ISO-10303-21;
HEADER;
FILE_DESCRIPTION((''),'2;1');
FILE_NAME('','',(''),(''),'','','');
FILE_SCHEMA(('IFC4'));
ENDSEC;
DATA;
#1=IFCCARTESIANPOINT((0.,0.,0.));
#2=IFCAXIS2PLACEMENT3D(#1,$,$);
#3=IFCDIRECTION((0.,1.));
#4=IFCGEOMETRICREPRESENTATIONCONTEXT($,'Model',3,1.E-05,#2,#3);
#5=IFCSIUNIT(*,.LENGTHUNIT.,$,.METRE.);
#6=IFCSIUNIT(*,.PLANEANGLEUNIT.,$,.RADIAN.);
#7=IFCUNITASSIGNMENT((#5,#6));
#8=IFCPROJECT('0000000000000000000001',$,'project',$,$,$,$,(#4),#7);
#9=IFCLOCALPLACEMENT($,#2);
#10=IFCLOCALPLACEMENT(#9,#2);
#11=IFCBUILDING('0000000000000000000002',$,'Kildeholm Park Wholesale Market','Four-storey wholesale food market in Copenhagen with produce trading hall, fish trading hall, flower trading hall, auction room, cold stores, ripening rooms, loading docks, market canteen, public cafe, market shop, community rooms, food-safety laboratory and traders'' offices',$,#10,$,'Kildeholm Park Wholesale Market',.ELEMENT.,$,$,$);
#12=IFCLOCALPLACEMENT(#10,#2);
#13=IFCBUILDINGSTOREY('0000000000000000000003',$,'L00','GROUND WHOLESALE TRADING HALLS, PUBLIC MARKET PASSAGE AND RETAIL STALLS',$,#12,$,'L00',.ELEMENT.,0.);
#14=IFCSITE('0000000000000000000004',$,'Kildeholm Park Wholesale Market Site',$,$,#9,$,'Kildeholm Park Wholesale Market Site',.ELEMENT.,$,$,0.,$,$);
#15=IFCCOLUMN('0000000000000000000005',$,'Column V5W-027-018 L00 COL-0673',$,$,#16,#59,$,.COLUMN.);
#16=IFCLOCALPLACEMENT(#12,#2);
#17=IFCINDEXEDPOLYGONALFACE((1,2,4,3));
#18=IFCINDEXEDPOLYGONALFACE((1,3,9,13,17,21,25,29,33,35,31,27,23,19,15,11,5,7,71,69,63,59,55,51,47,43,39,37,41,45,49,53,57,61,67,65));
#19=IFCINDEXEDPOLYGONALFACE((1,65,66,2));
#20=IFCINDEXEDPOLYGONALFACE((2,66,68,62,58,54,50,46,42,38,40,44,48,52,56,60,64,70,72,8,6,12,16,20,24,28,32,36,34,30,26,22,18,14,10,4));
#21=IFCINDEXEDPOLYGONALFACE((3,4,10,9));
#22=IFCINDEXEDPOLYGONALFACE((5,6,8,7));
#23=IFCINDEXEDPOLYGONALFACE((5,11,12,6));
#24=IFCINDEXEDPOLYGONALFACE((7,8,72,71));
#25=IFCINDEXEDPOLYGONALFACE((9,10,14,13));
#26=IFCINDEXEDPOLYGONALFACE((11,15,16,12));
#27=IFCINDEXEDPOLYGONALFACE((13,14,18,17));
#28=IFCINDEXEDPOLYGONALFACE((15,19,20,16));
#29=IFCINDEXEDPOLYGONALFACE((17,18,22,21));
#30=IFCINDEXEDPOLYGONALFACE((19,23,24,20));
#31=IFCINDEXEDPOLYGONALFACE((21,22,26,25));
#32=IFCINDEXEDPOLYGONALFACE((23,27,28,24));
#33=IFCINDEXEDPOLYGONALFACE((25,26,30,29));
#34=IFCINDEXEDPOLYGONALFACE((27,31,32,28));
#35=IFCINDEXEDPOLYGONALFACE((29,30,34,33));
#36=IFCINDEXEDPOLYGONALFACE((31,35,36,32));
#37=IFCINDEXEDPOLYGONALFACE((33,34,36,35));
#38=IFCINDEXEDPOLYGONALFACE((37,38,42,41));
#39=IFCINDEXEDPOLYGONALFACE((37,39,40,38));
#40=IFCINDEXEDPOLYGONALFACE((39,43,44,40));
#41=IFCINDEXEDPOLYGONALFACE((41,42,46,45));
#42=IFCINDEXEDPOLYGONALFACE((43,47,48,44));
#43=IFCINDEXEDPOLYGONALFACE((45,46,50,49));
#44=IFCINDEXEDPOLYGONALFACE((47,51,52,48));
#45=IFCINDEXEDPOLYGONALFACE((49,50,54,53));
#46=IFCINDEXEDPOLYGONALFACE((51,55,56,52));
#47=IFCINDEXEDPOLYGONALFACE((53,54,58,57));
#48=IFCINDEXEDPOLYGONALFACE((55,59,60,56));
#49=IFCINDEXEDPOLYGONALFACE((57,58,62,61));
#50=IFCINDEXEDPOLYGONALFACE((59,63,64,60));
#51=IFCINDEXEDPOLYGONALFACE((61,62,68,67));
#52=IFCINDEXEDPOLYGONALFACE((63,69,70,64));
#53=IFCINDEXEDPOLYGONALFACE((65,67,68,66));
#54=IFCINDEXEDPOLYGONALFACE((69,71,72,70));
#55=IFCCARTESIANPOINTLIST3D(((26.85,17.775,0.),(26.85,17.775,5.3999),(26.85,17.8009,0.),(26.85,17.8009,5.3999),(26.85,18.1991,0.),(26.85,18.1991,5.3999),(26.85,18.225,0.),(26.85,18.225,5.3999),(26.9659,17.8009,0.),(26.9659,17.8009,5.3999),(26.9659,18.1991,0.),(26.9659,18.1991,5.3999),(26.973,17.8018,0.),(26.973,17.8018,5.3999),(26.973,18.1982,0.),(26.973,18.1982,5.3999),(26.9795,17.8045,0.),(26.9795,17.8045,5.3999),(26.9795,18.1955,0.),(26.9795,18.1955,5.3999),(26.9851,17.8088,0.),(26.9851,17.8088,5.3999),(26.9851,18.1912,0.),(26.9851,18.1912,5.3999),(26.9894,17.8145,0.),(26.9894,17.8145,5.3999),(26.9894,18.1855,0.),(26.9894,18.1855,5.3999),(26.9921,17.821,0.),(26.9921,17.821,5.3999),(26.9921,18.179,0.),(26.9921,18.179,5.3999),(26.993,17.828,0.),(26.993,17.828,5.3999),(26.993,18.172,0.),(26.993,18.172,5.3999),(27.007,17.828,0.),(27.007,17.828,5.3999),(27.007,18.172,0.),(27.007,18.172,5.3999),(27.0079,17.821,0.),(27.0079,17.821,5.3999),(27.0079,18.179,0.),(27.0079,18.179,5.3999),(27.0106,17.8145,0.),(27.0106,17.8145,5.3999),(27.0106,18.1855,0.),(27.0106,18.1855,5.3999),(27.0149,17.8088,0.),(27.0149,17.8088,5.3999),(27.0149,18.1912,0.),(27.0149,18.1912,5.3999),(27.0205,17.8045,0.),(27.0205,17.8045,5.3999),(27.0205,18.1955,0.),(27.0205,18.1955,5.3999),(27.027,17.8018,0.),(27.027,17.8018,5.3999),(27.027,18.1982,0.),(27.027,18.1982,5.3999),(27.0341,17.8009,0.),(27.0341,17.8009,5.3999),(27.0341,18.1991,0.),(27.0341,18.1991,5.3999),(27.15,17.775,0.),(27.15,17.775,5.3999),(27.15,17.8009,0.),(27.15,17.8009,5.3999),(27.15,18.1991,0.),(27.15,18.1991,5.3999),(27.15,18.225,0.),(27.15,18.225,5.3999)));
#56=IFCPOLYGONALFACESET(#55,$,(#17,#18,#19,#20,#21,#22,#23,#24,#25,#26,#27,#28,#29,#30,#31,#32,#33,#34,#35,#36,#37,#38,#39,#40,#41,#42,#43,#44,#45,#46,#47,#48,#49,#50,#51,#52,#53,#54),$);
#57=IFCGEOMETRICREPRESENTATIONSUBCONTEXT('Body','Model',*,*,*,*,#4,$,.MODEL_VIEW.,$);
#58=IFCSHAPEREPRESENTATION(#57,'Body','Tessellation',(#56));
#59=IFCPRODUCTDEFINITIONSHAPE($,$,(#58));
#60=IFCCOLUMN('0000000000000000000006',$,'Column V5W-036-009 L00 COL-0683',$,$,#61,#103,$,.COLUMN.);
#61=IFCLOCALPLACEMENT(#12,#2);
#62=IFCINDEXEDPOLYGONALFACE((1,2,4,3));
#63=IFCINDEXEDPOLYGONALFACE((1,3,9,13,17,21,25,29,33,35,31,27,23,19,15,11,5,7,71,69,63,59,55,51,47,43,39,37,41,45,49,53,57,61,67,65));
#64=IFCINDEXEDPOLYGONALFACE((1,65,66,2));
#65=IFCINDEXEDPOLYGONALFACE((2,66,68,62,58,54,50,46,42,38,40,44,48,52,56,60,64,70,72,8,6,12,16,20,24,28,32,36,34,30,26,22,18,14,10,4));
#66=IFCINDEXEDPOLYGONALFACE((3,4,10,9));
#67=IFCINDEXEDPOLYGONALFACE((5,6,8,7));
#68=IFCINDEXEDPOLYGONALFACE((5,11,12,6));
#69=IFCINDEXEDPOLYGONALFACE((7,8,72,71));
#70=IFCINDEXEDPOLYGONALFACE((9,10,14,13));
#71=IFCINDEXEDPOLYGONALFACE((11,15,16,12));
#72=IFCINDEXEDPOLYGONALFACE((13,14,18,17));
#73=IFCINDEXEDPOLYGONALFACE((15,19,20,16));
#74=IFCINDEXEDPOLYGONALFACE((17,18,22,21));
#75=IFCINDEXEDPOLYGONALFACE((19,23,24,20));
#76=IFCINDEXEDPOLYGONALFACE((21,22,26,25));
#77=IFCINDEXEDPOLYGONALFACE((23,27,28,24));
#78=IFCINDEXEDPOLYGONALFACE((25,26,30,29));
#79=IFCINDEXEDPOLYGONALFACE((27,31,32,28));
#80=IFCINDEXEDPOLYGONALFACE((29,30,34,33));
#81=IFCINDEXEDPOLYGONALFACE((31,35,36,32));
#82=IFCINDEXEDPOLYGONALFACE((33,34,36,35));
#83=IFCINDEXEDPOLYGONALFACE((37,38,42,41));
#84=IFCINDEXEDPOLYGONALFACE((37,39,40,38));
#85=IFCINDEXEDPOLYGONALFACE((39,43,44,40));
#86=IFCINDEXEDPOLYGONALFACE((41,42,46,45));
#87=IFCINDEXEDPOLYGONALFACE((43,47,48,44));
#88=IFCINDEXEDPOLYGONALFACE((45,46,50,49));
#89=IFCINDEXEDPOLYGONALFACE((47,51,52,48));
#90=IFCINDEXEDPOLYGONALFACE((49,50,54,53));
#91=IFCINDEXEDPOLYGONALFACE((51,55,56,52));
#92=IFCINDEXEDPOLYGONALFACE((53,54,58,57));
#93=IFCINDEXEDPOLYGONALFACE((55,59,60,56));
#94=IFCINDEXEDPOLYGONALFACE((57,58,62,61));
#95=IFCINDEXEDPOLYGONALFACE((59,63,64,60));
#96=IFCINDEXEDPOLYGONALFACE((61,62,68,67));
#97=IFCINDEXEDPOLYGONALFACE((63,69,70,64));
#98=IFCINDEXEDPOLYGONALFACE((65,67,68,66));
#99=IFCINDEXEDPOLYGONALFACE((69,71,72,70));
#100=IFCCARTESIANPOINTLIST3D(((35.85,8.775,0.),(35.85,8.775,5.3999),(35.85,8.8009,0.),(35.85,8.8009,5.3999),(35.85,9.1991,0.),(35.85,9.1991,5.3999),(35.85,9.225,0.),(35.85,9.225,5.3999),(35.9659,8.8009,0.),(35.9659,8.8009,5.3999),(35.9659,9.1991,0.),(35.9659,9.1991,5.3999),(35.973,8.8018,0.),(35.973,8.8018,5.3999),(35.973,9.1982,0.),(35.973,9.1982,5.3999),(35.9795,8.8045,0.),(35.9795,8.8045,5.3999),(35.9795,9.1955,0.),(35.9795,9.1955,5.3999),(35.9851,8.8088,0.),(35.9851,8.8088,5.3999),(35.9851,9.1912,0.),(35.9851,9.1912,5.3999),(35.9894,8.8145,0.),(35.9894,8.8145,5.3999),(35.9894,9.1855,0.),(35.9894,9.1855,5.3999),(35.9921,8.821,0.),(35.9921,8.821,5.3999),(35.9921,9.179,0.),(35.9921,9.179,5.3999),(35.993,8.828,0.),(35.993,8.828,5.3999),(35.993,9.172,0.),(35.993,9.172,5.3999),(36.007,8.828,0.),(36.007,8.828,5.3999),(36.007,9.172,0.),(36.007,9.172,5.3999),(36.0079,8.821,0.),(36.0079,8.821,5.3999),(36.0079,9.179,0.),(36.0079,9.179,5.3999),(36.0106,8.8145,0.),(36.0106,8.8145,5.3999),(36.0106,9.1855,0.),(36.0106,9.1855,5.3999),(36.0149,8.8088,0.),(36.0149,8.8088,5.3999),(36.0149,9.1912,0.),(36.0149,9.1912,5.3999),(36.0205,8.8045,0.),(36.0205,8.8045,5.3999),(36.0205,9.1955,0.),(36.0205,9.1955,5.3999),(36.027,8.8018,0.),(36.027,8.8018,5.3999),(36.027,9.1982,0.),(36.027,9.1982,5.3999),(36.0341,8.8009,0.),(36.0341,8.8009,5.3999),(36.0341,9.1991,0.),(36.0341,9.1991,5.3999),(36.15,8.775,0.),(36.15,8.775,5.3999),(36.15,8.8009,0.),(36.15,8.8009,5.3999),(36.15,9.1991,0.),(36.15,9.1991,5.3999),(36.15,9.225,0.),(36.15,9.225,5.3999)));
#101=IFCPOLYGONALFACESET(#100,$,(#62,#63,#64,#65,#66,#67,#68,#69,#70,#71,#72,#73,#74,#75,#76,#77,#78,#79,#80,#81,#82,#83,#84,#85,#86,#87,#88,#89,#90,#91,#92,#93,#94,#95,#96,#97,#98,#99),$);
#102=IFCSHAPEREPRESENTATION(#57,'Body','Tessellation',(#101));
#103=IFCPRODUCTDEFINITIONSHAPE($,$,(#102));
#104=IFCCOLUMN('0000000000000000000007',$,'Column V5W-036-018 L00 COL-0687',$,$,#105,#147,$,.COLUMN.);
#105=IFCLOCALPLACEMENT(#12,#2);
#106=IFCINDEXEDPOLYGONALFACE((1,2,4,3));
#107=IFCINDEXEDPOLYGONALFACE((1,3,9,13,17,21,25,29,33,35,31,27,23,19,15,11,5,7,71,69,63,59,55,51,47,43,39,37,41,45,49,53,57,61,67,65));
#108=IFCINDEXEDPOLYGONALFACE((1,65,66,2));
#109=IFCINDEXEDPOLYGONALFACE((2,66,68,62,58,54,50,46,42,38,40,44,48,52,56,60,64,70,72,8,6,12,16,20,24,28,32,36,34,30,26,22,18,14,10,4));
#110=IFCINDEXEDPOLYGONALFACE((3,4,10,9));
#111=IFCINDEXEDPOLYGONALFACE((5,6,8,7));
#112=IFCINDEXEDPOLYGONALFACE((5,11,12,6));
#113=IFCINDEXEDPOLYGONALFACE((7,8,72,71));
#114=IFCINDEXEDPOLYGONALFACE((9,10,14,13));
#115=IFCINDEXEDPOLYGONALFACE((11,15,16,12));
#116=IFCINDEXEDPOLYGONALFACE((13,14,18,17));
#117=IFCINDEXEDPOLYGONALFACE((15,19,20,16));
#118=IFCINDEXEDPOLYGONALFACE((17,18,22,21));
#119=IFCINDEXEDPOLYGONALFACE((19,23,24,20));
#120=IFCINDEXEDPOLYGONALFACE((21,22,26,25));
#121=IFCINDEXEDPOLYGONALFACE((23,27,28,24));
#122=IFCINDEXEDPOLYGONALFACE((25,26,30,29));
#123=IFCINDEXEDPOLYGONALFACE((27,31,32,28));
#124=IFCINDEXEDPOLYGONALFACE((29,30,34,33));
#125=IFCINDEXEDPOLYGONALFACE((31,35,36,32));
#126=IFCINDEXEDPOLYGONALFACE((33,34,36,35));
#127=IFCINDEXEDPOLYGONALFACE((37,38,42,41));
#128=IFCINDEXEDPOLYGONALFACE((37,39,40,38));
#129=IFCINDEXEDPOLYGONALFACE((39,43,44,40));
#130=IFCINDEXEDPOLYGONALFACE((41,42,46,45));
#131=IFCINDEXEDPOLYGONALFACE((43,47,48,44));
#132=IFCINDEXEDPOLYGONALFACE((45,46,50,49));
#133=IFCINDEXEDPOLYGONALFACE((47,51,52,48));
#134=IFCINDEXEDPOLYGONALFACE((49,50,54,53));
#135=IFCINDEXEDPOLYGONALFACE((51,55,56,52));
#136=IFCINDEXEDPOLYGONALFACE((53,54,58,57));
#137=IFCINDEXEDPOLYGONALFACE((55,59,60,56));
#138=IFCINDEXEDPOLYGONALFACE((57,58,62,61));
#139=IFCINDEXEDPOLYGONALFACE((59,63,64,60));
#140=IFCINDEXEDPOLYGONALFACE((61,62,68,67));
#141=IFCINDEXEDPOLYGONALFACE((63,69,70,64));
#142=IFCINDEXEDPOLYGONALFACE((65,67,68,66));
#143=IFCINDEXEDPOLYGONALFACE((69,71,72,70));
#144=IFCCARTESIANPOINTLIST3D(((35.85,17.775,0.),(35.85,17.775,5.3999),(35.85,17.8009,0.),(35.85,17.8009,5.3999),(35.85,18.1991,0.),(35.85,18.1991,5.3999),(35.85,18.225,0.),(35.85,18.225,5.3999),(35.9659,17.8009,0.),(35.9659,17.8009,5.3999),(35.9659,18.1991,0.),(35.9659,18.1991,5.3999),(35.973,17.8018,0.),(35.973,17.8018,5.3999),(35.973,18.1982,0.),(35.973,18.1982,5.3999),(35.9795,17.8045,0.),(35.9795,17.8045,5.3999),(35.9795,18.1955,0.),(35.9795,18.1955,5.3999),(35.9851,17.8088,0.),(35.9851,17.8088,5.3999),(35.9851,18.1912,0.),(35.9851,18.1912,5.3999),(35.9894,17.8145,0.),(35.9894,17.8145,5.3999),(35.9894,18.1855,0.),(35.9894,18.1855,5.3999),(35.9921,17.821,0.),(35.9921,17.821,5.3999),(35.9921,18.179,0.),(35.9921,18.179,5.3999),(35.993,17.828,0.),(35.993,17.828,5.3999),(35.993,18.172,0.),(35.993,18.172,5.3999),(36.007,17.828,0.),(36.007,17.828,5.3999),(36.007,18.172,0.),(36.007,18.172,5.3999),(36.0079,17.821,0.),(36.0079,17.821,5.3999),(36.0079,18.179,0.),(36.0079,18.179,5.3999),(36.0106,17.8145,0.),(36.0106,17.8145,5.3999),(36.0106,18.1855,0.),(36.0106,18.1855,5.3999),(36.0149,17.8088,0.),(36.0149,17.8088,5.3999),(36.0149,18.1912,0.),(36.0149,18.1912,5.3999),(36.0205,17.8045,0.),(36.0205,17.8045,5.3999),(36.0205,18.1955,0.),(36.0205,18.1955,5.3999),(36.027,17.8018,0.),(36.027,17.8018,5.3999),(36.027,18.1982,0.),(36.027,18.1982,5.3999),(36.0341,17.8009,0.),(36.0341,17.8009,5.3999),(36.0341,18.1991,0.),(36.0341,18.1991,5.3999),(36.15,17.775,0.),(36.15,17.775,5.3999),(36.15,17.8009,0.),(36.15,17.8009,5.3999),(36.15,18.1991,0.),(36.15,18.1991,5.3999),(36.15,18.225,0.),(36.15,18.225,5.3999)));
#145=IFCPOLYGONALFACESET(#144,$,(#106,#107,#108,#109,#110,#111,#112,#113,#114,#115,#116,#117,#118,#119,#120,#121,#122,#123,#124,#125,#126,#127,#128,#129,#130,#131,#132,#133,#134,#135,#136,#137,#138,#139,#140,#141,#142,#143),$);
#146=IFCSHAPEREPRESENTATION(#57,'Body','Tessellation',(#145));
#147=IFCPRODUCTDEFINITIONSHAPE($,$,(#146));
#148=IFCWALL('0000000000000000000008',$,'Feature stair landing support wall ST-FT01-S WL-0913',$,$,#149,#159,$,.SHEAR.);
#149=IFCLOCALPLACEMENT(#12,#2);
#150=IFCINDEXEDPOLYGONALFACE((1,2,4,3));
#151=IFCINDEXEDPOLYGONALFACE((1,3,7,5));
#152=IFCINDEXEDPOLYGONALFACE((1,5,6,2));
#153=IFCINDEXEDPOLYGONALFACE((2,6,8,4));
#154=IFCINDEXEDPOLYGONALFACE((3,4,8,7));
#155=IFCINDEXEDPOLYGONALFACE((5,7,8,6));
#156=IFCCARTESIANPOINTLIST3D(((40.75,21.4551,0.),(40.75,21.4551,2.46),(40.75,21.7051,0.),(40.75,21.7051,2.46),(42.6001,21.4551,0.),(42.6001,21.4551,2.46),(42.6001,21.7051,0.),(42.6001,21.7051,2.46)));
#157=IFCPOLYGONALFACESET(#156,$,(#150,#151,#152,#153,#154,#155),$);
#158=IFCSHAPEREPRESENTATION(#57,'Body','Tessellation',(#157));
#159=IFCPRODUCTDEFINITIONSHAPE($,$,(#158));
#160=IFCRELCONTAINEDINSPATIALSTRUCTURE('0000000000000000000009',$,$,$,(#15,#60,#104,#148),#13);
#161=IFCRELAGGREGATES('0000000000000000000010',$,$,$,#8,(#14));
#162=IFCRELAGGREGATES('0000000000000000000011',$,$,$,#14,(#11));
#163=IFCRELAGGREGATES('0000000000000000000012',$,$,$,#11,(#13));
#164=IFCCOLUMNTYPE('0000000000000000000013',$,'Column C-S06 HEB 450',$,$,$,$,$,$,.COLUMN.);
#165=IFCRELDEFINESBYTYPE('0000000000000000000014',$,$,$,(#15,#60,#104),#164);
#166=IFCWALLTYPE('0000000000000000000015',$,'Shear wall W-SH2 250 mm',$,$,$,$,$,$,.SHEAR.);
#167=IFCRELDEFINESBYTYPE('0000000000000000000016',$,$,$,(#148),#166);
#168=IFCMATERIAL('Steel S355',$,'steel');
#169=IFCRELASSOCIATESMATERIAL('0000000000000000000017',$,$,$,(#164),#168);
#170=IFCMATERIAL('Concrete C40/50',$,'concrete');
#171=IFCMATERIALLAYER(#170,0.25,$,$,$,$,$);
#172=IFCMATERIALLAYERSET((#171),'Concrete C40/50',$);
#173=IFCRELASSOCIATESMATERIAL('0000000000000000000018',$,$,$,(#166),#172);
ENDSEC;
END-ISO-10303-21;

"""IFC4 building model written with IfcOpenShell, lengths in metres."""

from ifc_helpers import new_model, si_unit, direction, frame, frame_2d, origin, origin_2d, place, context, subcontext, project, spatial, rectangle, i_section, extrude, material, layer, layer_set, material_profile, profile_set, type_object, element, save


model = new_model("IFC4")

# Units and contexts
model_context = context("Model", 3, precision=1e-05, world=origin(), true_north=direction((0.0, 1.0)))
body_context = subcontext(model_context, "Body", "Model", "MODEL_VIEW")
ifc_project = project(units=[si_unit("LENGTHUNIT", "METRE"), si_unit("PLANEANGLEUNIT", "RADIAN")], contexts=[model_context])

# Site, building, storey
site_placement = place(None, origin())
site = spatial("IfcSite", under=ifc_project, at=site_placement, Name="Kildeholm Park Wholesale Market Site", LongName="Kildeholm Park Wholesale Market Site", CompositionType="ELEMENT", RefElevation=0.0)
building_placement = place(site_placement, origin())
building = spatial("IfcBuilding", under=site, at=building_placement, Name="Kildeholm Park Wholesale Market", Description="Four-storey wholesale food market in Copenhagen with produce trading hall, fish trading hall, flower trading hall, auction room, cold stores, ripening rooms, loading docks, market canteen, public cafe, market shop, community rooms, food-safety laboratory and traders' offices", LongName="Kildeholm Park Wholesale Market", CompositionType="ELEMENT")
storey_placement = place(building_placement, origin())
storey = spatial("IfcBuildingStorey", under=building, at=storey_placement, Name="L00", Description="GROUND WHOLESALE TRADING HALLS, PUBLIC MARKET PASSAGE AND RETAIL STALLS", LongName="L00", CompositionType="ELEMENT", Elevation=0.0)

# Columns
ifc_material_1 = material(Name="Steel S355", Category="steel")
ifc_material_profile_1 = material_profile(ifc_material_1, i_section(OverallWidth=0.3, OverallDepth=0.45, WebThickness=0.0139, FlangeThickness=0.0259, FilletRadius=0.0271, at=origin_2d()), Name="HEB 450")
ifc_profile_set_1 = profile_set([ifc_material_profile_1], Name="Steel S355")
column_type = type_object("IfcColumnType", Name="Column C-S06 HEB 450", PredefinedType="COLUMN", material=ifc_profile_set_1)
for number, where, z_axis, x_axis, name in (
    (1, (27.0, 18.0, 0.0), (0.0, 0.0, 1.0), (1.0, 0.0, 0.0), "Column V5W-027-018 L00 COL-0673"),
    (2, (36.0, 9.0, 0.0), (0.0, 0.0, 1.0), (1.0, 0.0, 0.0), "Column V5W-036-009 L00 COL-0683"),
    (3, (36.0, 18.0, 0.0), (0.0, 0.0, 1.0), (1.0, 0.0, 0.0), "Column V5W-036-018 L00 COL-0687"),
):
    element("IfcColumn", number, at=place(storey_placement, frame(where, z_axis=z_axis, x_axis=x_axis)), inside=storey, type_object=column_type, Name=name, PredefinedType="COLUMN", context=body_context, shape_type="SweptSolid", body=[
        extrude(i_section(OverallWidth=0.3, OverallDepth=0.45, WebThickness=0.0139, FlangeThickness=0.0259, FilletRadius=0.0271, at=origin_2d()), origin(), (0.0, 0.0, 1.0), 5.3999),
    ])

# Wall
ifc_material_2 = material(Name="Concrete C40/50", Category="concrete")
ifc_layer = layer(ifc_material_2, 0.25)
ifc_layer_set = layer_set([ifc_layer], Name="Concrete C40/50")
wall_type = type_object("IfcWallType", Name="Shear wall W-SH2 250 mm", PredefinedType="SHEAR", material=ifc_layer_set)
wall_placement = place(storey_placement, frame((40.75, 21.5801, 0.0), z_axis=(0.0, 0.0, 1.0), x_axis=(1.0, 0.0, 0.0)))
element("IfcWall", 4, at=wall_placement, inside=storey, type_object=wall_type, Name="Feature stair landing support wall ST-FT01-S WL-0913", PredefinedType="SHEAR", context=body_context, shape_type="SweptSolid", body=[
    extrude(rectangle(XDim=1.8501, YDim=0.25, at=frame_2d((0.925, 0.0))), origin(), (0.0, 0.0, 1.0), 2.46),
])

save(model, "model.ifc")
